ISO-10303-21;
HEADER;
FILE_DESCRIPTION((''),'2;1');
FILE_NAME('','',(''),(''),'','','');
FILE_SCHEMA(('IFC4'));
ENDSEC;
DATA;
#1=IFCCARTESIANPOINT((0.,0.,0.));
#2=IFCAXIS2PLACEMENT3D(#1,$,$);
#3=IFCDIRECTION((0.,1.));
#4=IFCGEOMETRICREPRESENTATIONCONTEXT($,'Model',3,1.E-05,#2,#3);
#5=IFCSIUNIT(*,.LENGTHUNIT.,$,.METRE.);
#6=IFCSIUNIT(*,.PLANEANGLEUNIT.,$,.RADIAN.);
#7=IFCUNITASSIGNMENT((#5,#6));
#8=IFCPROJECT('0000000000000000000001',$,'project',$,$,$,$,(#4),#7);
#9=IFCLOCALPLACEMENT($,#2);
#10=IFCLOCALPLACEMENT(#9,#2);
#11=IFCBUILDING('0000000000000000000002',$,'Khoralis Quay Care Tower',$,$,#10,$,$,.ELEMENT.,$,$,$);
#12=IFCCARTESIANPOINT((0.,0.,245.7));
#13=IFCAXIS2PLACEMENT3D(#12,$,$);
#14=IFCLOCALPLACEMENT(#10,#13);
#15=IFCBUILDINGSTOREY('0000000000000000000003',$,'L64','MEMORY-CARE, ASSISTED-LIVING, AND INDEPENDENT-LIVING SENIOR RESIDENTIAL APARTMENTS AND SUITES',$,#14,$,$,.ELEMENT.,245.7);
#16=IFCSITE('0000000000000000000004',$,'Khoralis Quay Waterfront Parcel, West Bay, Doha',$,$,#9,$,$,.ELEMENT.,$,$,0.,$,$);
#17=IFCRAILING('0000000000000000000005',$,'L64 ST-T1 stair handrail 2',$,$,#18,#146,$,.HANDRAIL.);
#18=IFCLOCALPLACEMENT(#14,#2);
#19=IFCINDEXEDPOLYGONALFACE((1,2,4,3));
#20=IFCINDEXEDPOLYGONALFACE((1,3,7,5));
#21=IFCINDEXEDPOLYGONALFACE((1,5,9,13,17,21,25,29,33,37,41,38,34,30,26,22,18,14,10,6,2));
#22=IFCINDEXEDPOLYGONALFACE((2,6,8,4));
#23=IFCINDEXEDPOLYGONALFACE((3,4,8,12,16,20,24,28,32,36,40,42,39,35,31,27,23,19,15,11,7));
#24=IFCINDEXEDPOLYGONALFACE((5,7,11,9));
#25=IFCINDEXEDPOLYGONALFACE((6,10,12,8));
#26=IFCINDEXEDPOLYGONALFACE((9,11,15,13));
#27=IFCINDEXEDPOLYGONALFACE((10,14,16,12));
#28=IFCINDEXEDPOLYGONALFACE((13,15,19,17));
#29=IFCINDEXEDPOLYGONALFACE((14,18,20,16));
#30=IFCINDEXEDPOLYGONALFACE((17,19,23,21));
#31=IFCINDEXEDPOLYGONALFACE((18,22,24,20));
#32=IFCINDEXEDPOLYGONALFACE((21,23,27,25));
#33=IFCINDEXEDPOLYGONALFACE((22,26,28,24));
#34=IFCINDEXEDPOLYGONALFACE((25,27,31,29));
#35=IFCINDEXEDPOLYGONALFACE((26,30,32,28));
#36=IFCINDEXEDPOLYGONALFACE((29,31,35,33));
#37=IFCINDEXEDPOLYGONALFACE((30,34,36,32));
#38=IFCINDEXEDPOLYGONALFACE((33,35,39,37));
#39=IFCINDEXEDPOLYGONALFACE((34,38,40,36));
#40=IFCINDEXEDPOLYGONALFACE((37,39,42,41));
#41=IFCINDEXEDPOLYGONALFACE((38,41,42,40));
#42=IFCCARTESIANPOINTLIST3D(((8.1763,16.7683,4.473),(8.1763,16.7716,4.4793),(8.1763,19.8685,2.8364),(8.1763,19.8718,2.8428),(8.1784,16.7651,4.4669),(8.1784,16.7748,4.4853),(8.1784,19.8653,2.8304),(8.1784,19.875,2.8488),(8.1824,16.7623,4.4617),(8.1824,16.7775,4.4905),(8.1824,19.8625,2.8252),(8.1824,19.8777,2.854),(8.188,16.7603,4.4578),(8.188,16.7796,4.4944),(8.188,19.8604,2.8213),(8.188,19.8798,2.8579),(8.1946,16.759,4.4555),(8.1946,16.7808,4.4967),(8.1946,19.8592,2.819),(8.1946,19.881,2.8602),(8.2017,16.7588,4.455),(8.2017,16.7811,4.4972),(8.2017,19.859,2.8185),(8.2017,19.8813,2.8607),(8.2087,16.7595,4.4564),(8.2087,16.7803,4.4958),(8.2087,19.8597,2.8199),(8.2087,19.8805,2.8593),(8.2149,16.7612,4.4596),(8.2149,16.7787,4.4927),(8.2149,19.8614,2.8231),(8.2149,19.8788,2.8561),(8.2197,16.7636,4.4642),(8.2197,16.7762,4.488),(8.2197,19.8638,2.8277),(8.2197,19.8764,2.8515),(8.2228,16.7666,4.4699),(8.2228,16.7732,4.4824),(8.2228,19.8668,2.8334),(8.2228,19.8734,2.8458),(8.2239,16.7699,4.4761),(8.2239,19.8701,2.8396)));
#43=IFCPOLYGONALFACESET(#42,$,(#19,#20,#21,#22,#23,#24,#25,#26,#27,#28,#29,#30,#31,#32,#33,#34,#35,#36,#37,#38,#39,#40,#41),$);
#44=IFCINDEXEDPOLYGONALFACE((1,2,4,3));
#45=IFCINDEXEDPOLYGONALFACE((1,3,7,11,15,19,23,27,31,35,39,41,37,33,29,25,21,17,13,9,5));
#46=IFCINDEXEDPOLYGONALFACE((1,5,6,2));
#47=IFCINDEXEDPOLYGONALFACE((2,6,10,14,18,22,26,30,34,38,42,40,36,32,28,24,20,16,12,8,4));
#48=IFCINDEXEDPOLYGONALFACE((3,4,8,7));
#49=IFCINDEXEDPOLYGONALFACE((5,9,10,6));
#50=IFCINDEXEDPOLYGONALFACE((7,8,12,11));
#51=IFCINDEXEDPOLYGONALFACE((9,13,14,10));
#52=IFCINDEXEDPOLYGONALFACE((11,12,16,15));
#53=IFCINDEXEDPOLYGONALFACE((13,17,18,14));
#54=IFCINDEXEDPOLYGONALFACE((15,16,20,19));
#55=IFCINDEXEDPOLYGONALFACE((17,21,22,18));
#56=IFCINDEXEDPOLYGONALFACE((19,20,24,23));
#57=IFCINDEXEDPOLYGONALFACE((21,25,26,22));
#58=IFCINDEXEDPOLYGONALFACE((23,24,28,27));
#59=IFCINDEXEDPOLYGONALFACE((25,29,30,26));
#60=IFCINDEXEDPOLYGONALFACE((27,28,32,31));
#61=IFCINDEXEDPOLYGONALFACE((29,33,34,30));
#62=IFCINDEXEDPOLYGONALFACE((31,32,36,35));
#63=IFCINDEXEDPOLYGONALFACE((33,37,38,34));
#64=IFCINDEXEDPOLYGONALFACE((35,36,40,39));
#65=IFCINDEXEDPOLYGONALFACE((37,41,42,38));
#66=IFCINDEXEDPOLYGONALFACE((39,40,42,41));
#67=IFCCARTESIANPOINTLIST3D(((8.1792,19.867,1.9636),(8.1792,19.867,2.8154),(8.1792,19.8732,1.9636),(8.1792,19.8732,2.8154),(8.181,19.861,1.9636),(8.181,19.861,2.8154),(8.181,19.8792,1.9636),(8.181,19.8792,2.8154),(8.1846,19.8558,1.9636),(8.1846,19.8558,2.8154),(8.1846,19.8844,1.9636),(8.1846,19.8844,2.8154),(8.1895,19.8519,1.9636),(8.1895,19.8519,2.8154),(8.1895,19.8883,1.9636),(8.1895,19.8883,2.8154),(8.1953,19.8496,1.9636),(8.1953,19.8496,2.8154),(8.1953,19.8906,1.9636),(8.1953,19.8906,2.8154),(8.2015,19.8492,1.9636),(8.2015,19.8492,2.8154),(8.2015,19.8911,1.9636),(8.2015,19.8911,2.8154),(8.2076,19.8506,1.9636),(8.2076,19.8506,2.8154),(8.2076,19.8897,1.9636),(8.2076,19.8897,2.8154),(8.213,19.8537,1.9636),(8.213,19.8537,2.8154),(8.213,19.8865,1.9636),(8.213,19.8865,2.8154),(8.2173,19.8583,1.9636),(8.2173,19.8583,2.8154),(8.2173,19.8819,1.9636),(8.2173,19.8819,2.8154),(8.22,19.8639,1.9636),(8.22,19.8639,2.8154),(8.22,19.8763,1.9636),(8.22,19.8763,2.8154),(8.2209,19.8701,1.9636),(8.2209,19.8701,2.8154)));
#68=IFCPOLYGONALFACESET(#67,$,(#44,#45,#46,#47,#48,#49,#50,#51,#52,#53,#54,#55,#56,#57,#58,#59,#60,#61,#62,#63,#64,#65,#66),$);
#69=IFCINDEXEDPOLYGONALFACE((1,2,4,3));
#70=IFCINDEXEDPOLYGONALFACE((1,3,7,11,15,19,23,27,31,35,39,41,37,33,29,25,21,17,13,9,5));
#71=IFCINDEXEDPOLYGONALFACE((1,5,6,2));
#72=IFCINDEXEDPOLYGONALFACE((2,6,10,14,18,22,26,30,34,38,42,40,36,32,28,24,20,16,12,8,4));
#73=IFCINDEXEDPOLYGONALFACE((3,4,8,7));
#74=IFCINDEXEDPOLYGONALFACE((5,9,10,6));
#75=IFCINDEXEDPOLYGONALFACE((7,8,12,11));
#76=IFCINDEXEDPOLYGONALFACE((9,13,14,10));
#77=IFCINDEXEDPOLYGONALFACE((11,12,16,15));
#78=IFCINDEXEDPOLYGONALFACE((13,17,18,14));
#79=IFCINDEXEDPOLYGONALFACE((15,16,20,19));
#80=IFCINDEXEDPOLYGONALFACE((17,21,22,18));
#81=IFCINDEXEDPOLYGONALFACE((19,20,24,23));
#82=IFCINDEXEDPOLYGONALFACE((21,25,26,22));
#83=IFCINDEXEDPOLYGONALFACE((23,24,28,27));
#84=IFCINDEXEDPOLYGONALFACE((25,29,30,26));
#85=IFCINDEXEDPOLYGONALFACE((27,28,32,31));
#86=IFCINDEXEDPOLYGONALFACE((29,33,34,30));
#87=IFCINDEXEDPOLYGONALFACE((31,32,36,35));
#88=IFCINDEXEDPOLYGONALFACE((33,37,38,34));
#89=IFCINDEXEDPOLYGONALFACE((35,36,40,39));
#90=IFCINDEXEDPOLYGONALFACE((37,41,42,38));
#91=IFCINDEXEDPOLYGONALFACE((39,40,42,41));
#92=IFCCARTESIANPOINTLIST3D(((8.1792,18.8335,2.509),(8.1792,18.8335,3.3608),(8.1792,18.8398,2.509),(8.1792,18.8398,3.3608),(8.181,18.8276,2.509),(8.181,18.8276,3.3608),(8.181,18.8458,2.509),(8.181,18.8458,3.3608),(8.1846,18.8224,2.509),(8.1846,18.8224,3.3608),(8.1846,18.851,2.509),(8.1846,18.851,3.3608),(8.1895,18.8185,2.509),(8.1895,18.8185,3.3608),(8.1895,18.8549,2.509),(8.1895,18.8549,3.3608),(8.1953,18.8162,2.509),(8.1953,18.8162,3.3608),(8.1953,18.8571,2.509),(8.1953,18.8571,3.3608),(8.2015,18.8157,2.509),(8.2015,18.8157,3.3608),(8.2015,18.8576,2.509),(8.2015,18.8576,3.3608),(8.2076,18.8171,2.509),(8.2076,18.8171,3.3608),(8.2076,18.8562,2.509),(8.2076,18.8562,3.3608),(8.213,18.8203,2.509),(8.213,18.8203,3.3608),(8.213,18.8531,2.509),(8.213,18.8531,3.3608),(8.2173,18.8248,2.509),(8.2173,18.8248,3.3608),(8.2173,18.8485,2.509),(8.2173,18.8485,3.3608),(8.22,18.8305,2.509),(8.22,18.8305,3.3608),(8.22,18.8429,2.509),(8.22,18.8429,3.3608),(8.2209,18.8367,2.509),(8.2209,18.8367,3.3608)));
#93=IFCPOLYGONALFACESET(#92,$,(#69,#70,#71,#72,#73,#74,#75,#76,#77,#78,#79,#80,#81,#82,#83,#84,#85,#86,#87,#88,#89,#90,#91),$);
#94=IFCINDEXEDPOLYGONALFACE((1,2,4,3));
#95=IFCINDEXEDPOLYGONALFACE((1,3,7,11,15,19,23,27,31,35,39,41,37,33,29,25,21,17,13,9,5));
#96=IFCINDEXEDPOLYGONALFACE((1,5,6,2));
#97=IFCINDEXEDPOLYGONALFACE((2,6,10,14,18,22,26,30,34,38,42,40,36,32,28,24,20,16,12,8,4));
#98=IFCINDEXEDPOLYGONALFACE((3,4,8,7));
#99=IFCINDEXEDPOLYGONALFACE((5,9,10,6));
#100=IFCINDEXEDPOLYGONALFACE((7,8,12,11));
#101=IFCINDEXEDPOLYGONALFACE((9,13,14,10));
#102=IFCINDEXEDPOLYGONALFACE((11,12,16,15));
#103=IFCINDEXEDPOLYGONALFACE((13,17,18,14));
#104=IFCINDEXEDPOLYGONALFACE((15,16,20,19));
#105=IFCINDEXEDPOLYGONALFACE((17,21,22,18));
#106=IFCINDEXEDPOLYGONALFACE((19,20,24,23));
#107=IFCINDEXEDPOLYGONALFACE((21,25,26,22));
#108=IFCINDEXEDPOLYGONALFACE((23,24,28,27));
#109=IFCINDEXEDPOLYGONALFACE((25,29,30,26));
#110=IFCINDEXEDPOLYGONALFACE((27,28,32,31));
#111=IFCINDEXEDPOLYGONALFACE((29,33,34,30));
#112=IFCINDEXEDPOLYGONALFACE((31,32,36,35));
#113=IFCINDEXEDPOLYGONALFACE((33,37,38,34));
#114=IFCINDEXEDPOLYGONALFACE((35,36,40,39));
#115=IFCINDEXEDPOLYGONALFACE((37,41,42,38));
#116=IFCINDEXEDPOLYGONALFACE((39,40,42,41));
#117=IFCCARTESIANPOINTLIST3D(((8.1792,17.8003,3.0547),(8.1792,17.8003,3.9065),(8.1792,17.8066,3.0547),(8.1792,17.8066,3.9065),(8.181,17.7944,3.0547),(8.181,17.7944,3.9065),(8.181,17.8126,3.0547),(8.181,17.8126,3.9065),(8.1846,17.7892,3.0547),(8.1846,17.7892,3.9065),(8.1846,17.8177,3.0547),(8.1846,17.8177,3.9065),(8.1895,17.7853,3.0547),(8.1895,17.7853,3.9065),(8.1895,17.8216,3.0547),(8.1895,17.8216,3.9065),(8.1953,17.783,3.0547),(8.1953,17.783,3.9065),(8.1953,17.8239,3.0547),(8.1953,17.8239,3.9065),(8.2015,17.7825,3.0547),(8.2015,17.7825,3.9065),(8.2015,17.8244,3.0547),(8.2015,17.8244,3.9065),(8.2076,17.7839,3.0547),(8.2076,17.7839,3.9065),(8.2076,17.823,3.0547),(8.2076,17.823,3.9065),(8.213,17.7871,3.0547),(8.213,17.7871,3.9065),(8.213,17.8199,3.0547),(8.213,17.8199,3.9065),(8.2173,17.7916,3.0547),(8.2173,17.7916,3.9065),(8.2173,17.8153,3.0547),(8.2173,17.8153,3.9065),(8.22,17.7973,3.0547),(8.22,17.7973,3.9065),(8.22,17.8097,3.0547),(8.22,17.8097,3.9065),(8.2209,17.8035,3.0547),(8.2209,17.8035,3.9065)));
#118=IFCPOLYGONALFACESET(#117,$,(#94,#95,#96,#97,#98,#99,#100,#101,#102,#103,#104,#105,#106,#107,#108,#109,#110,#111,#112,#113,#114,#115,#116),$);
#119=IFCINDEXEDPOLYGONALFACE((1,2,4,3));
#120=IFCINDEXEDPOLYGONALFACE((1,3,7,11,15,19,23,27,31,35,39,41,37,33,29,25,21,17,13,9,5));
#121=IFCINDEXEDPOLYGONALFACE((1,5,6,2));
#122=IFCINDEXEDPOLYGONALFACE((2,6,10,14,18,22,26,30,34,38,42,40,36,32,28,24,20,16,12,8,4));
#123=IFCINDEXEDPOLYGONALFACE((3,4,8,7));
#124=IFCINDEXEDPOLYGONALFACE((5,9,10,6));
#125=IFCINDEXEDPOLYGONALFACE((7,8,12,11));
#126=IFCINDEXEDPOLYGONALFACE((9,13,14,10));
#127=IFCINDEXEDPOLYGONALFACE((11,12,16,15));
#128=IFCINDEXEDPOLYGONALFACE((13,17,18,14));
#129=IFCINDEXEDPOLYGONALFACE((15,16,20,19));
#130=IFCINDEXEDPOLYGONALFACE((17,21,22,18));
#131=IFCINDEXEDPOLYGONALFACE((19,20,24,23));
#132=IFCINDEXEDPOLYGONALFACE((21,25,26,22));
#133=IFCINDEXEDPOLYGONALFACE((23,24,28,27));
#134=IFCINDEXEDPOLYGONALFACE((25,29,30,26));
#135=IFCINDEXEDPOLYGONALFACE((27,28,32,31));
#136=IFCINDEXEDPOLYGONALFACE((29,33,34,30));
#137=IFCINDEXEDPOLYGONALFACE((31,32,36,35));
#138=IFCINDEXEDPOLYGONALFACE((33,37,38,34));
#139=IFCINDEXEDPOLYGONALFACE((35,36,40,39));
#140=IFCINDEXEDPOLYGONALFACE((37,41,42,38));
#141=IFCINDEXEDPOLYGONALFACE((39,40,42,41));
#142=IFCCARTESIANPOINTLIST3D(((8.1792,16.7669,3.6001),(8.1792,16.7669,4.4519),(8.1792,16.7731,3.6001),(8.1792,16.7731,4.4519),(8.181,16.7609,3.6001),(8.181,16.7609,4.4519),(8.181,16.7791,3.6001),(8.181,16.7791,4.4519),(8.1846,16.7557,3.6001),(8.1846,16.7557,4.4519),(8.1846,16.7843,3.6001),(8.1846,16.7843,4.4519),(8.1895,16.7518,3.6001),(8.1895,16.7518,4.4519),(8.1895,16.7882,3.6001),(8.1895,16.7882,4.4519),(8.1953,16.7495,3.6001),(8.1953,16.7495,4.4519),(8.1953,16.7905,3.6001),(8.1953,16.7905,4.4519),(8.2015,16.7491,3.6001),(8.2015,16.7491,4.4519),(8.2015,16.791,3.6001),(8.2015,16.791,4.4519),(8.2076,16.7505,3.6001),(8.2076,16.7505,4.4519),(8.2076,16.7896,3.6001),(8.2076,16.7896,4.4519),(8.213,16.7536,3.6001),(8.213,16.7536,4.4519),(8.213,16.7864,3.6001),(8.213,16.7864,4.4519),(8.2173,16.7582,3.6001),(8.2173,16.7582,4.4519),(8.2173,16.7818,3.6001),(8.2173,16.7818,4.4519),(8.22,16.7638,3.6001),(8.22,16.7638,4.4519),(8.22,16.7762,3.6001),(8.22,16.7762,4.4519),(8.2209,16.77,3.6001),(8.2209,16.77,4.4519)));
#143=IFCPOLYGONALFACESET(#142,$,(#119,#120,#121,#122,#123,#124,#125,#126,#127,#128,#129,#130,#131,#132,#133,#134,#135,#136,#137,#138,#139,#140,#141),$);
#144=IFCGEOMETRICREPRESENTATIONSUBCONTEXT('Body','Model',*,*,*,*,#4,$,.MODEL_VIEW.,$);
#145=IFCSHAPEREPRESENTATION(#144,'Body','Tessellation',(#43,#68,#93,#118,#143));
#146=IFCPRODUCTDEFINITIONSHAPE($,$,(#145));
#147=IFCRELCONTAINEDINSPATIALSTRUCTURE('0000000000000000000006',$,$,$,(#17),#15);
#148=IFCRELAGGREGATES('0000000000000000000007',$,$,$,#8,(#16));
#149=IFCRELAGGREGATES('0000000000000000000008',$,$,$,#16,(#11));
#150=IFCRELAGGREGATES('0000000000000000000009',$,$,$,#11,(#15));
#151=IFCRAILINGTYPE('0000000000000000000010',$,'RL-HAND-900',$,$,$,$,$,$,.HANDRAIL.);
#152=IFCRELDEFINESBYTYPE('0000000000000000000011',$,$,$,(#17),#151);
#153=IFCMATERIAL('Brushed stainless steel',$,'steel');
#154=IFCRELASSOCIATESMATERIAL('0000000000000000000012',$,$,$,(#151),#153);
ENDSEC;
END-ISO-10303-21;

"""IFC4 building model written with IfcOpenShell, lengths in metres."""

from ifc_helpers import new_model, si_unit, direction, frame, origin, origin_2d, place, context, subcontext, project, spatial, circle, extrude, material, type_object, element, save


model = new_model("IFC4")

# Units and contexts
model_context = context("Model", 3, precision=1e-05, world=origin(), true_north=direction((0.0, 1.0)))
body_context = subcontext(model_context, "Body", "Model", "MODEL_VIEW")
ifc_project = project(units=[si_unit("LENGTHUNIT", "METRE"), si_unit("PLANEANGLEUNIT", "RADIAN")], contexts=[model_context])

# Site, building, storey
site_placement = place(None, origin())
site = spatial("IfcSite", under=ifc_project, at=site_placement, Name="Khoralis Quay Waterfront Parcel, West Bay, Doha", CompositionType="ELEMENT", RefElevation=0.0)
building_placement = place(site_placement, origin())
building = spatial("IfcBuilding", under=site, at=building_placement, Name="Khoralis Quay Care Tower", CompositionType="ELEMENT")
storey_placement = place(building_placement, frame((0.0, 0.0, 245.7)))
storey = spatial("IfcBuildingStorey", under=building, at=storey_placement, Name="L64", Description="MEMORY-CARE, ASSISTED-LIVING, AND INDEPENDENT-LIVING SENIOR RESIDENTIAL APARTMENTS AND SUITES", CompositionType="ELEMENT", Elevation=245.7)

# Shared definitions
ifc_material_1 = material(Name="Brushed stainless steel", Category="steel")

# Railing
railing_type_1 = type_object("IfcRailingType", Name="RL-HAND-900", PredefinedType="HANDRAIL", material=ifc_material_1)
railing_1_placement = place(storey_placement, frame((8.2, 19.8701, 1.9636)))
element("IfcRailing", 1, at=railing_1_placement, inside=storey, type_object=railing_type_1, Name="L64 ST-T1 stair handrail 2", PredefinedType="HANDRAIL", context=body_context, shape_type="SweptSolid", body=[
    extrude(circle(Radius=0.0239, at=origin_2d()), frame((0.0, 0.0, 0.876), z_axis=(0.0, -0.884348, 0.466828), x_axis=(1.0, 0.0, 0.0)), (0.0, 0.0, 1.0), 3.5056),
    extrude(circle(Radius=0.021, at=origin_2d()), origin(), (0.0, 0.0, 1.0), 0.8518),
    extrude(circle(Radius=0.021, at=origin_2d()), frame((0.0, -1.0334, 0.5454)), (0.0, 0.0, 1.0), 0.8518),
    extrude(circle(Radius=0.021, at=origin_2d()), frame((0.0, -2.0667, 1.0911)), (0.0, 0.0, 1.0), 0.8518),
    extrude(circle(Radius=0.021, at=origin_2d()), frame((0.0, -3.1001, 1.6365)), (0.0, 0.0, 1.0), 0.8518),
])

save(model, "model.ifc")
